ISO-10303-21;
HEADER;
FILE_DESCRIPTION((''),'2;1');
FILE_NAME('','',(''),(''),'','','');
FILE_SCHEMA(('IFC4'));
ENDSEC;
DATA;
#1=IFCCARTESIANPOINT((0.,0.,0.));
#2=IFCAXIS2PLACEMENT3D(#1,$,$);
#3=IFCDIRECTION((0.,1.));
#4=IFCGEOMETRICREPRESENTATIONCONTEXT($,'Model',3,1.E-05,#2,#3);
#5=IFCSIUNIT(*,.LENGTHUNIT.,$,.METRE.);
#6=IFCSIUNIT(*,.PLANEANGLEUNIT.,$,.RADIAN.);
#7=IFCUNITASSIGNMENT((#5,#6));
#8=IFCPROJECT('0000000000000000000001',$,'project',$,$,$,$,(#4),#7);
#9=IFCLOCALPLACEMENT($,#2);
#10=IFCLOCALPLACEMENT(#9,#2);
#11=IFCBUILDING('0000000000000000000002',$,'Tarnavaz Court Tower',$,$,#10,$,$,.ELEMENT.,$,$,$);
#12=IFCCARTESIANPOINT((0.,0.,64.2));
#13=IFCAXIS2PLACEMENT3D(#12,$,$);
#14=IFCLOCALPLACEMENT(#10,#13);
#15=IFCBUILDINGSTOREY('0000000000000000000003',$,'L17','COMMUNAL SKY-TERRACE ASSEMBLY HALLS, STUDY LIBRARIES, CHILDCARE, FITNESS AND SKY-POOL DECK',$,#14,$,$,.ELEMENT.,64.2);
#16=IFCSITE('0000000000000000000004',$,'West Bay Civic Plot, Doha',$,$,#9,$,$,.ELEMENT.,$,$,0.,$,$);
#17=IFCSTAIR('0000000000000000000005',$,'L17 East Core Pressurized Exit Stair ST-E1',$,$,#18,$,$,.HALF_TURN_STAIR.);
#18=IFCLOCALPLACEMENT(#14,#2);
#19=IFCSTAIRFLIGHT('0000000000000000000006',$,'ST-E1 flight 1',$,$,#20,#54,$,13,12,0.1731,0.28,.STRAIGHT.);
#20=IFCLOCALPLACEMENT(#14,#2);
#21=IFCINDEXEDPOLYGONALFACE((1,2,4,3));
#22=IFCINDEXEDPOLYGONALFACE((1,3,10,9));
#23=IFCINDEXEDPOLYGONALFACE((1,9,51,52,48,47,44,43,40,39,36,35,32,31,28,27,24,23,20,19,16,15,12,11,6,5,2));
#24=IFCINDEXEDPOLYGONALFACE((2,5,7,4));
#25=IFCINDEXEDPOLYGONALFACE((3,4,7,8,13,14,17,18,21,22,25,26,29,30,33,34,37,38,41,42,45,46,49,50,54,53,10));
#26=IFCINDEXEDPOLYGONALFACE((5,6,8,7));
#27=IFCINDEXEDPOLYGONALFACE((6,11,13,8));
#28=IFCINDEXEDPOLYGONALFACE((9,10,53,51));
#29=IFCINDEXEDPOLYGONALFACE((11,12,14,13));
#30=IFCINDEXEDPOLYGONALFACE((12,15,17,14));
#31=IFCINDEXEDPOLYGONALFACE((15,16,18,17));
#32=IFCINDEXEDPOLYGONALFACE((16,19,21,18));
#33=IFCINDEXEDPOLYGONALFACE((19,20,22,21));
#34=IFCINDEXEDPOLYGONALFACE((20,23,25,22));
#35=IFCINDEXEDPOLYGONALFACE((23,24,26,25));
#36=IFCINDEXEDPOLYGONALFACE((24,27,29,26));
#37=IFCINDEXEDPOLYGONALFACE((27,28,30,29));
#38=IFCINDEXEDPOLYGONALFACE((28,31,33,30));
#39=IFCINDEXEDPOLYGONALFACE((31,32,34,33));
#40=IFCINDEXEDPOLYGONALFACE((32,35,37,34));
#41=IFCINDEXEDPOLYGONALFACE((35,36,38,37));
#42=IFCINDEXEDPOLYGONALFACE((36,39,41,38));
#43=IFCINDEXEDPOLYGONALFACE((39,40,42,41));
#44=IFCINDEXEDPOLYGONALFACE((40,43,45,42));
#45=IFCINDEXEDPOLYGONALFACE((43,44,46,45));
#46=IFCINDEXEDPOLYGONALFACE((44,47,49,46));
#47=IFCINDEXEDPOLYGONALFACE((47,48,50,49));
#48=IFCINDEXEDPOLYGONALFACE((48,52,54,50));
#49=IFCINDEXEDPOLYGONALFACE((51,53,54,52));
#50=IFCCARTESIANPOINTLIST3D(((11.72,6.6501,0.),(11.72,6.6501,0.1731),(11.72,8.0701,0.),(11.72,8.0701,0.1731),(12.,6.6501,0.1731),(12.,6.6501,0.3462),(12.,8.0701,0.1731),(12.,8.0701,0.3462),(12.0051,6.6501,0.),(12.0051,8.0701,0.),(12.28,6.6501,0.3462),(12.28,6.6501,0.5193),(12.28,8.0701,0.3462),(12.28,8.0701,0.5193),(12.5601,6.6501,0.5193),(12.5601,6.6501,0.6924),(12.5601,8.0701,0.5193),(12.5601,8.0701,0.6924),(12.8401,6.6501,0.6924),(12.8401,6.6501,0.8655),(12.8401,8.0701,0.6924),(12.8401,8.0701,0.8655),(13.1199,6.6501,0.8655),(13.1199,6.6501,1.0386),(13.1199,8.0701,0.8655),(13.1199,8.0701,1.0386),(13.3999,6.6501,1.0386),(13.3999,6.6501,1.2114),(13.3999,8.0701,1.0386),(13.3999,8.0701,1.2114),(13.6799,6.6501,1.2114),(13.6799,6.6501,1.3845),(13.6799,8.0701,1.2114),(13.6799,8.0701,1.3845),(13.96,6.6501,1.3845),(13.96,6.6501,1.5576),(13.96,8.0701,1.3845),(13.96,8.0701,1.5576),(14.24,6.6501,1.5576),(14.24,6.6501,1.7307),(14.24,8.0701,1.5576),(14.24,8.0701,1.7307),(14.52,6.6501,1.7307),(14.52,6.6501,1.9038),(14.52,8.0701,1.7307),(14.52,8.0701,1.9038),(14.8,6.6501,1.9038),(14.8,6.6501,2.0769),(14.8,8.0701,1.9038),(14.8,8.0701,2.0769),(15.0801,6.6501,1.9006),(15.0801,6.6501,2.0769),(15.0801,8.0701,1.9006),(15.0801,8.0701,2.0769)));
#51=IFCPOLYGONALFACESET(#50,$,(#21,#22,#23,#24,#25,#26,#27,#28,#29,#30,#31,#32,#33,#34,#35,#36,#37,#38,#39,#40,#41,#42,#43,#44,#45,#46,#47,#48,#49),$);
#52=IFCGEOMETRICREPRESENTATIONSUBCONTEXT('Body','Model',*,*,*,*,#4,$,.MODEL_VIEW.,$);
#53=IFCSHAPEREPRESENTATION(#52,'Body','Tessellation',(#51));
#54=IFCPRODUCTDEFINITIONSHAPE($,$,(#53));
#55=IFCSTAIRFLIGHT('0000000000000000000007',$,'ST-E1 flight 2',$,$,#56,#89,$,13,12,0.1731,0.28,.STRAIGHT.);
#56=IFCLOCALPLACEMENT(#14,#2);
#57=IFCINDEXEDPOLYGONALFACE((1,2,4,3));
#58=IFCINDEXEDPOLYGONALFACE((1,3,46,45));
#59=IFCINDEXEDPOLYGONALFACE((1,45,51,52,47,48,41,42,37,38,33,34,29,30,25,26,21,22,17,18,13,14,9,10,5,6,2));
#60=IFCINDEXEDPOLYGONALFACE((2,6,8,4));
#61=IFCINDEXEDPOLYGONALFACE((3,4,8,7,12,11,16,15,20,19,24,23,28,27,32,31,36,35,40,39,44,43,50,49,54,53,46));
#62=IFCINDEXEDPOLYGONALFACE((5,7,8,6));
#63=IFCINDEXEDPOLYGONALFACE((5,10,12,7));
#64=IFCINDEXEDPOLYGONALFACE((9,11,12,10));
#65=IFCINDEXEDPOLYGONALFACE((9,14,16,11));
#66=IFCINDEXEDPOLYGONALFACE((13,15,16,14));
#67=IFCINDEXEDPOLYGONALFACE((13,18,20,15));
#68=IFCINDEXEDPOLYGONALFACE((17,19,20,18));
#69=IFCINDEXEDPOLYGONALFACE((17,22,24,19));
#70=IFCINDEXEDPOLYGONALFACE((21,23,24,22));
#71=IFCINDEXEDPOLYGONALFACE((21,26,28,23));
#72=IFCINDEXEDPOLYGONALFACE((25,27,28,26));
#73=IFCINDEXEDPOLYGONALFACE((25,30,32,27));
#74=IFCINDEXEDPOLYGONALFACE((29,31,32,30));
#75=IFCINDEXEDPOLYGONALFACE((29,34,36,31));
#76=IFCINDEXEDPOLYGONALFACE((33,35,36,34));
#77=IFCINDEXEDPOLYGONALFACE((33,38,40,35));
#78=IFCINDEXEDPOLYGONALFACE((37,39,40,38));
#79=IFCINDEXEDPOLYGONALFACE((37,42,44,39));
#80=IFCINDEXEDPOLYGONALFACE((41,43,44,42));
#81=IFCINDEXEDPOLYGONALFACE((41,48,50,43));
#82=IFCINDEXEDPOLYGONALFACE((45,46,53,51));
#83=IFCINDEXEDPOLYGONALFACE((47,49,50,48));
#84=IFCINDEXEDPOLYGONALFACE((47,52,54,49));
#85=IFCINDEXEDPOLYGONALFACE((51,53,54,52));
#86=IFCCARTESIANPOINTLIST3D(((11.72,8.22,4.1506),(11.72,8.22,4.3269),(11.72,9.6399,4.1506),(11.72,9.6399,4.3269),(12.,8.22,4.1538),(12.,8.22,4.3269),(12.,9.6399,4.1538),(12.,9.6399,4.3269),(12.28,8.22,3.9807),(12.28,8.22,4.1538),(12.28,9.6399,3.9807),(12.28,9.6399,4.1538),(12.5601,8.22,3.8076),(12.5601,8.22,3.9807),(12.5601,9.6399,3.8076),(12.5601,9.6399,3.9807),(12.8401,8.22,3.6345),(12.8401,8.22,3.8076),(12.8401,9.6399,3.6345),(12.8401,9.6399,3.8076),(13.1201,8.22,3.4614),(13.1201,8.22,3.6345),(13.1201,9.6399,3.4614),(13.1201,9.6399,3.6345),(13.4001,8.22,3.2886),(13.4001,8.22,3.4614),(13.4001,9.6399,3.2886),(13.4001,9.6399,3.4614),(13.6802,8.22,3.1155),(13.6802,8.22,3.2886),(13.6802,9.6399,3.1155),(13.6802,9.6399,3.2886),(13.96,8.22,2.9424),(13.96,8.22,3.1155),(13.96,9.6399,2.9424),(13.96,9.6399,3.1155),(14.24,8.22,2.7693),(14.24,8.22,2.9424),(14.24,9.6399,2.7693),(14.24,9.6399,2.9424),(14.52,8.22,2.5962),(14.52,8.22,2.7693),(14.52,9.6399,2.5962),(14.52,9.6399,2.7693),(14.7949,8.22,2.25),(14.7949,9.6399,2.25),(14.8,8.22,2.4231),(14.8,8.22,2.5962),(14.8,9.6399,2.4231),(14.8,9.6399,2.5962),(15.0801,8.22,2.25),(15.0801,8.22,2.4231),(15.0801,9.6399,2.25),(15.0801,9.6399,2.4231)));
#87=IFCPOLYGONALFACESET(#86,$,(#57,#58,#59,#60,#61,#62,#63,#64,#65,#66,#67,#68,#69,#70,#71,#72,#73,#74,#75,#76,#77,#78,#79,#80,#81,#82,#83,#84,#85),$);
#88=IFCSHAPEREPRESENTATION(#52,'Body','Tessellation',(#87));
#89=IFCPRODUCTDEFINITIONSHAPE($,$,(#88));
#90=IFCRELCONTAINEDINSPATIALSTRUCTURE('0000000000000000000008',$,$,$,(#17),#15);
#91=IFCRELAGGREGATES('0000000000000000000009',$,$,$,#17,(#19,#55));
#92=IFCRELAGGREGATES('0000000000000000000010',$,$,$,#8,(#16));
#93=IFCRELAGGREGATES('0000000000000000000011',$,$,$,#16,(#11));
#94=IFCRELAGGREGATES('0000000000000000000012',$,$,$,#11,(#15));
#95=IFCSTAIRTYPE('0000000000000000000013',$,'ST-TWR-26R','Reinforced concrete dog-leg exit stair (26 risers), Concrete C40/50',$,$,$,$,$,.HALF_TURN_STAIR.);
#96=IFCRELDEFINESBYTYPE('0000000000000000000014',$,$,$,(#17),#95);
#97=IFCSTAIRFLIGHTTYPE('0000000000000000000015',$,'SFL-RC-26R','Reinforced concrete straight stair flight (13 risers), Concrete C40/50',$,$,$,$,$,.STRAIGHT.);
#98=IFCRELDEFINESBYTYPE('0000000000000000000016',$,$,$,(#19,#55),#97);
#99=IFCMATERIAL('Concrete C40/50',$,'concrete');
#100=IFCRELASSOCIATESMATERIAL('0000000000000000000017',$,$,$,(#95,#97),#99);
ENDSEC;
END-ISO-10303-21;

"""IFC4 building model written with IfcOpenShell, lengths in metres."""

from ifc_helpers import new_model, si_unit, direction, frame, origin, place, context, subcontext, project, spatial, polyline, outline, extrude, material, type_object, element, aggregate, save


model = new_model("IFC4")

# Units and contexts
model_context = context("Model", 3, precision=1e-05, world=origin(), true_north=direction((0.0, 1.0)))
body_context = subcontext(model_context, "Body", "Model", "MODEL_VIEW")
ifc_project = project(units=[si_unit("LENGTHUNIT", "METRE"), si_unit("PLANEANGLEUNIT", "RADIAN")], contexts=[model_context])

# Site, building, storey
site_placement = place(None, origin())
site = spatial("IfcSite", under=ifc_project, at=site_placement, Name="West Bay Civic Plot, Doha", CompositionType="ELEMENT", RefElevation=0.0)
building_placement = place(site_placement, origin())
building = spatial("IfcBuilding", under=site, at=building_placement, Name="Tarnavaz Court Tower", CompositionType="ELEMENT")
storey_placement = place(building_placement, frame((0.0, 0.0, 64.2)))
storey = spatial("IfcBuildingStorey", under=building, at=storey_placement, Name="L17", Description="COMMUNAL SKY-TERRACE ASSEMBLY HALLS, STUDY LIBRARIES, CHILDCARE, FITNESS AND SKY-POOL DECK", CompositionType="ELEMENT", Elevation=64.2)

# Stair, stair flights
ifc_material_1 = material(Name="Concrete C40/50", Category="concrete")
stair_type = type_object("IfcStairType", Name="ST-TWR-26R", Description="Reinforced concrete dog-leg exit stair (26 risers), Concrete C40/50", PredefinedType="HALF_TURN_STAIR", material=ifc_material_1)
stair_placement = place(storey_placement, origin())
stair = element("IfcStair", 1, at=stair_placement, inside=storey, type_object=stair_type, Name="L17 East Core Pressurized Exit Stair ST-E1", PredefinedType="HALF_TURN_STAIR")
stair_flight_type = type_object("IfcStairFlightType", Name="SFL-RC-26R", Description="Reinforced concrete straight stair flight (13 risers), Concrete C40/50", PredefinedType="STRAIGHT", material=ifc_material_1)
stair_flight_1_placement = place(storey_placement, frame((11.72, 7.3601, 0.0), z_axis=(0.0, 0.0, 1.0), x_axis=(1.0, 0.0, 0.0)))
stair_flight_1 = element("IfcStairFlight", 2, at=stair_flight_1_placement, type_object=stair_flight_type, Name="ST-E1 flight 1", NumberOfRisers=13, NumberOfTreads=12, PredefinedType="STRAIGHT", RiserHeight=0.1731, TreadLength=0.28, context=body_context, shape_type="SweptSolid", body=[
    extrude(outline(polyline([(0.0, 0.0), (0.0, 0.1731), (0.28, 0.1731), (0.28, 0.3462), (0.5601, 0.3462), (0.5601, 0.5193), (0.8401, 0.5193), (0.8401, 0.6924), (1.1201, 0.6924), (1.1201, 0.8655), (1.3999, 0.8655), (1.3999, 1.0386), (1.6799, 1.0386), (1.6799, 1.2114), (1.96, 1.2114), (1.96, 1.3845), (2.24, 1.3845), (2.24, 1.5576), (2.52, 1.5576), (2.52, 1.7307), (2.8, 1.7307), (2.8, 1.9038), (3.0801, 1.9038), (3.0801, 2.0769), (3.3601, 2.0769), (3.3601, 2.25), (3.3601, 1.9006), (0.2852, 0.0), (0.0, 0.0)])), frame((0.0, 0.71, 0.0), z_axis=(0.0, -1.0, 0.0), x_axis=(1.0, 0.0, 0.0)), (0.0, 0.0, 1.0), 1.4199),
])
stair_flight_2_placement = place(storey_placement, frame((15.0801, 8.9299, 2.25), z_axis=(0.0, 0.0, 1.0), x_axis=(-1.0, 0.0, 0.0)))
stair_flight_2 = element("IfcStairFlight", 3, at=stair_flight_2_placement, type_object=stair_flight_type, Name="ST-E1 flight 2", NumberOfRisers=13, NumberOfTreads=12, PredefinedType="STRAIGHT", RiserHeight=0.1731, TreadLength=0.28, context=body_context, shape_type="SweptSolid", body=[
    extrude(outline(polyline([(0.0, 0.0), (0.0, 0.1731), (0.28, 0.1731), (0.28, 0.3462), (0.5601, 0.3462), (0.5601, 0.5193), (0.8401, 0.5193), (0.8401, 0.6924), (1.1201, 0.6924), (1.1201, 0.8655), (1.3999, 0.8655), (1.3999, 1.0386), (1.6799, 1.0386), (1.6799, 1.2114), (1.96, 1.2114), (1.96, 1.3845), (2.24, 1.3845), (2.24, 1.5576), (2.52, 1.5576), (2.52, 1.7307), (2.8, 1.7307), (2.8, 1.9038), (3.0801, 1.9038), (3.0801, 2.0769), (3.3601, 2.0769), (3.3601, 2.25), (3.3601, 1.9006), (0.2852, 0.0), (0.0, 0.0)])), frame((0.0, 0.71, 0.0), z_axis=(0.0, -1.0, 0.0), x_axis=(1.0, 0.0, 0.0)), (0.0, 0.0, 1.0), 1.4199),
])
aggregate(stair, [stair_flight_1, stair_flight_2])

save(model, "model.ifc")
